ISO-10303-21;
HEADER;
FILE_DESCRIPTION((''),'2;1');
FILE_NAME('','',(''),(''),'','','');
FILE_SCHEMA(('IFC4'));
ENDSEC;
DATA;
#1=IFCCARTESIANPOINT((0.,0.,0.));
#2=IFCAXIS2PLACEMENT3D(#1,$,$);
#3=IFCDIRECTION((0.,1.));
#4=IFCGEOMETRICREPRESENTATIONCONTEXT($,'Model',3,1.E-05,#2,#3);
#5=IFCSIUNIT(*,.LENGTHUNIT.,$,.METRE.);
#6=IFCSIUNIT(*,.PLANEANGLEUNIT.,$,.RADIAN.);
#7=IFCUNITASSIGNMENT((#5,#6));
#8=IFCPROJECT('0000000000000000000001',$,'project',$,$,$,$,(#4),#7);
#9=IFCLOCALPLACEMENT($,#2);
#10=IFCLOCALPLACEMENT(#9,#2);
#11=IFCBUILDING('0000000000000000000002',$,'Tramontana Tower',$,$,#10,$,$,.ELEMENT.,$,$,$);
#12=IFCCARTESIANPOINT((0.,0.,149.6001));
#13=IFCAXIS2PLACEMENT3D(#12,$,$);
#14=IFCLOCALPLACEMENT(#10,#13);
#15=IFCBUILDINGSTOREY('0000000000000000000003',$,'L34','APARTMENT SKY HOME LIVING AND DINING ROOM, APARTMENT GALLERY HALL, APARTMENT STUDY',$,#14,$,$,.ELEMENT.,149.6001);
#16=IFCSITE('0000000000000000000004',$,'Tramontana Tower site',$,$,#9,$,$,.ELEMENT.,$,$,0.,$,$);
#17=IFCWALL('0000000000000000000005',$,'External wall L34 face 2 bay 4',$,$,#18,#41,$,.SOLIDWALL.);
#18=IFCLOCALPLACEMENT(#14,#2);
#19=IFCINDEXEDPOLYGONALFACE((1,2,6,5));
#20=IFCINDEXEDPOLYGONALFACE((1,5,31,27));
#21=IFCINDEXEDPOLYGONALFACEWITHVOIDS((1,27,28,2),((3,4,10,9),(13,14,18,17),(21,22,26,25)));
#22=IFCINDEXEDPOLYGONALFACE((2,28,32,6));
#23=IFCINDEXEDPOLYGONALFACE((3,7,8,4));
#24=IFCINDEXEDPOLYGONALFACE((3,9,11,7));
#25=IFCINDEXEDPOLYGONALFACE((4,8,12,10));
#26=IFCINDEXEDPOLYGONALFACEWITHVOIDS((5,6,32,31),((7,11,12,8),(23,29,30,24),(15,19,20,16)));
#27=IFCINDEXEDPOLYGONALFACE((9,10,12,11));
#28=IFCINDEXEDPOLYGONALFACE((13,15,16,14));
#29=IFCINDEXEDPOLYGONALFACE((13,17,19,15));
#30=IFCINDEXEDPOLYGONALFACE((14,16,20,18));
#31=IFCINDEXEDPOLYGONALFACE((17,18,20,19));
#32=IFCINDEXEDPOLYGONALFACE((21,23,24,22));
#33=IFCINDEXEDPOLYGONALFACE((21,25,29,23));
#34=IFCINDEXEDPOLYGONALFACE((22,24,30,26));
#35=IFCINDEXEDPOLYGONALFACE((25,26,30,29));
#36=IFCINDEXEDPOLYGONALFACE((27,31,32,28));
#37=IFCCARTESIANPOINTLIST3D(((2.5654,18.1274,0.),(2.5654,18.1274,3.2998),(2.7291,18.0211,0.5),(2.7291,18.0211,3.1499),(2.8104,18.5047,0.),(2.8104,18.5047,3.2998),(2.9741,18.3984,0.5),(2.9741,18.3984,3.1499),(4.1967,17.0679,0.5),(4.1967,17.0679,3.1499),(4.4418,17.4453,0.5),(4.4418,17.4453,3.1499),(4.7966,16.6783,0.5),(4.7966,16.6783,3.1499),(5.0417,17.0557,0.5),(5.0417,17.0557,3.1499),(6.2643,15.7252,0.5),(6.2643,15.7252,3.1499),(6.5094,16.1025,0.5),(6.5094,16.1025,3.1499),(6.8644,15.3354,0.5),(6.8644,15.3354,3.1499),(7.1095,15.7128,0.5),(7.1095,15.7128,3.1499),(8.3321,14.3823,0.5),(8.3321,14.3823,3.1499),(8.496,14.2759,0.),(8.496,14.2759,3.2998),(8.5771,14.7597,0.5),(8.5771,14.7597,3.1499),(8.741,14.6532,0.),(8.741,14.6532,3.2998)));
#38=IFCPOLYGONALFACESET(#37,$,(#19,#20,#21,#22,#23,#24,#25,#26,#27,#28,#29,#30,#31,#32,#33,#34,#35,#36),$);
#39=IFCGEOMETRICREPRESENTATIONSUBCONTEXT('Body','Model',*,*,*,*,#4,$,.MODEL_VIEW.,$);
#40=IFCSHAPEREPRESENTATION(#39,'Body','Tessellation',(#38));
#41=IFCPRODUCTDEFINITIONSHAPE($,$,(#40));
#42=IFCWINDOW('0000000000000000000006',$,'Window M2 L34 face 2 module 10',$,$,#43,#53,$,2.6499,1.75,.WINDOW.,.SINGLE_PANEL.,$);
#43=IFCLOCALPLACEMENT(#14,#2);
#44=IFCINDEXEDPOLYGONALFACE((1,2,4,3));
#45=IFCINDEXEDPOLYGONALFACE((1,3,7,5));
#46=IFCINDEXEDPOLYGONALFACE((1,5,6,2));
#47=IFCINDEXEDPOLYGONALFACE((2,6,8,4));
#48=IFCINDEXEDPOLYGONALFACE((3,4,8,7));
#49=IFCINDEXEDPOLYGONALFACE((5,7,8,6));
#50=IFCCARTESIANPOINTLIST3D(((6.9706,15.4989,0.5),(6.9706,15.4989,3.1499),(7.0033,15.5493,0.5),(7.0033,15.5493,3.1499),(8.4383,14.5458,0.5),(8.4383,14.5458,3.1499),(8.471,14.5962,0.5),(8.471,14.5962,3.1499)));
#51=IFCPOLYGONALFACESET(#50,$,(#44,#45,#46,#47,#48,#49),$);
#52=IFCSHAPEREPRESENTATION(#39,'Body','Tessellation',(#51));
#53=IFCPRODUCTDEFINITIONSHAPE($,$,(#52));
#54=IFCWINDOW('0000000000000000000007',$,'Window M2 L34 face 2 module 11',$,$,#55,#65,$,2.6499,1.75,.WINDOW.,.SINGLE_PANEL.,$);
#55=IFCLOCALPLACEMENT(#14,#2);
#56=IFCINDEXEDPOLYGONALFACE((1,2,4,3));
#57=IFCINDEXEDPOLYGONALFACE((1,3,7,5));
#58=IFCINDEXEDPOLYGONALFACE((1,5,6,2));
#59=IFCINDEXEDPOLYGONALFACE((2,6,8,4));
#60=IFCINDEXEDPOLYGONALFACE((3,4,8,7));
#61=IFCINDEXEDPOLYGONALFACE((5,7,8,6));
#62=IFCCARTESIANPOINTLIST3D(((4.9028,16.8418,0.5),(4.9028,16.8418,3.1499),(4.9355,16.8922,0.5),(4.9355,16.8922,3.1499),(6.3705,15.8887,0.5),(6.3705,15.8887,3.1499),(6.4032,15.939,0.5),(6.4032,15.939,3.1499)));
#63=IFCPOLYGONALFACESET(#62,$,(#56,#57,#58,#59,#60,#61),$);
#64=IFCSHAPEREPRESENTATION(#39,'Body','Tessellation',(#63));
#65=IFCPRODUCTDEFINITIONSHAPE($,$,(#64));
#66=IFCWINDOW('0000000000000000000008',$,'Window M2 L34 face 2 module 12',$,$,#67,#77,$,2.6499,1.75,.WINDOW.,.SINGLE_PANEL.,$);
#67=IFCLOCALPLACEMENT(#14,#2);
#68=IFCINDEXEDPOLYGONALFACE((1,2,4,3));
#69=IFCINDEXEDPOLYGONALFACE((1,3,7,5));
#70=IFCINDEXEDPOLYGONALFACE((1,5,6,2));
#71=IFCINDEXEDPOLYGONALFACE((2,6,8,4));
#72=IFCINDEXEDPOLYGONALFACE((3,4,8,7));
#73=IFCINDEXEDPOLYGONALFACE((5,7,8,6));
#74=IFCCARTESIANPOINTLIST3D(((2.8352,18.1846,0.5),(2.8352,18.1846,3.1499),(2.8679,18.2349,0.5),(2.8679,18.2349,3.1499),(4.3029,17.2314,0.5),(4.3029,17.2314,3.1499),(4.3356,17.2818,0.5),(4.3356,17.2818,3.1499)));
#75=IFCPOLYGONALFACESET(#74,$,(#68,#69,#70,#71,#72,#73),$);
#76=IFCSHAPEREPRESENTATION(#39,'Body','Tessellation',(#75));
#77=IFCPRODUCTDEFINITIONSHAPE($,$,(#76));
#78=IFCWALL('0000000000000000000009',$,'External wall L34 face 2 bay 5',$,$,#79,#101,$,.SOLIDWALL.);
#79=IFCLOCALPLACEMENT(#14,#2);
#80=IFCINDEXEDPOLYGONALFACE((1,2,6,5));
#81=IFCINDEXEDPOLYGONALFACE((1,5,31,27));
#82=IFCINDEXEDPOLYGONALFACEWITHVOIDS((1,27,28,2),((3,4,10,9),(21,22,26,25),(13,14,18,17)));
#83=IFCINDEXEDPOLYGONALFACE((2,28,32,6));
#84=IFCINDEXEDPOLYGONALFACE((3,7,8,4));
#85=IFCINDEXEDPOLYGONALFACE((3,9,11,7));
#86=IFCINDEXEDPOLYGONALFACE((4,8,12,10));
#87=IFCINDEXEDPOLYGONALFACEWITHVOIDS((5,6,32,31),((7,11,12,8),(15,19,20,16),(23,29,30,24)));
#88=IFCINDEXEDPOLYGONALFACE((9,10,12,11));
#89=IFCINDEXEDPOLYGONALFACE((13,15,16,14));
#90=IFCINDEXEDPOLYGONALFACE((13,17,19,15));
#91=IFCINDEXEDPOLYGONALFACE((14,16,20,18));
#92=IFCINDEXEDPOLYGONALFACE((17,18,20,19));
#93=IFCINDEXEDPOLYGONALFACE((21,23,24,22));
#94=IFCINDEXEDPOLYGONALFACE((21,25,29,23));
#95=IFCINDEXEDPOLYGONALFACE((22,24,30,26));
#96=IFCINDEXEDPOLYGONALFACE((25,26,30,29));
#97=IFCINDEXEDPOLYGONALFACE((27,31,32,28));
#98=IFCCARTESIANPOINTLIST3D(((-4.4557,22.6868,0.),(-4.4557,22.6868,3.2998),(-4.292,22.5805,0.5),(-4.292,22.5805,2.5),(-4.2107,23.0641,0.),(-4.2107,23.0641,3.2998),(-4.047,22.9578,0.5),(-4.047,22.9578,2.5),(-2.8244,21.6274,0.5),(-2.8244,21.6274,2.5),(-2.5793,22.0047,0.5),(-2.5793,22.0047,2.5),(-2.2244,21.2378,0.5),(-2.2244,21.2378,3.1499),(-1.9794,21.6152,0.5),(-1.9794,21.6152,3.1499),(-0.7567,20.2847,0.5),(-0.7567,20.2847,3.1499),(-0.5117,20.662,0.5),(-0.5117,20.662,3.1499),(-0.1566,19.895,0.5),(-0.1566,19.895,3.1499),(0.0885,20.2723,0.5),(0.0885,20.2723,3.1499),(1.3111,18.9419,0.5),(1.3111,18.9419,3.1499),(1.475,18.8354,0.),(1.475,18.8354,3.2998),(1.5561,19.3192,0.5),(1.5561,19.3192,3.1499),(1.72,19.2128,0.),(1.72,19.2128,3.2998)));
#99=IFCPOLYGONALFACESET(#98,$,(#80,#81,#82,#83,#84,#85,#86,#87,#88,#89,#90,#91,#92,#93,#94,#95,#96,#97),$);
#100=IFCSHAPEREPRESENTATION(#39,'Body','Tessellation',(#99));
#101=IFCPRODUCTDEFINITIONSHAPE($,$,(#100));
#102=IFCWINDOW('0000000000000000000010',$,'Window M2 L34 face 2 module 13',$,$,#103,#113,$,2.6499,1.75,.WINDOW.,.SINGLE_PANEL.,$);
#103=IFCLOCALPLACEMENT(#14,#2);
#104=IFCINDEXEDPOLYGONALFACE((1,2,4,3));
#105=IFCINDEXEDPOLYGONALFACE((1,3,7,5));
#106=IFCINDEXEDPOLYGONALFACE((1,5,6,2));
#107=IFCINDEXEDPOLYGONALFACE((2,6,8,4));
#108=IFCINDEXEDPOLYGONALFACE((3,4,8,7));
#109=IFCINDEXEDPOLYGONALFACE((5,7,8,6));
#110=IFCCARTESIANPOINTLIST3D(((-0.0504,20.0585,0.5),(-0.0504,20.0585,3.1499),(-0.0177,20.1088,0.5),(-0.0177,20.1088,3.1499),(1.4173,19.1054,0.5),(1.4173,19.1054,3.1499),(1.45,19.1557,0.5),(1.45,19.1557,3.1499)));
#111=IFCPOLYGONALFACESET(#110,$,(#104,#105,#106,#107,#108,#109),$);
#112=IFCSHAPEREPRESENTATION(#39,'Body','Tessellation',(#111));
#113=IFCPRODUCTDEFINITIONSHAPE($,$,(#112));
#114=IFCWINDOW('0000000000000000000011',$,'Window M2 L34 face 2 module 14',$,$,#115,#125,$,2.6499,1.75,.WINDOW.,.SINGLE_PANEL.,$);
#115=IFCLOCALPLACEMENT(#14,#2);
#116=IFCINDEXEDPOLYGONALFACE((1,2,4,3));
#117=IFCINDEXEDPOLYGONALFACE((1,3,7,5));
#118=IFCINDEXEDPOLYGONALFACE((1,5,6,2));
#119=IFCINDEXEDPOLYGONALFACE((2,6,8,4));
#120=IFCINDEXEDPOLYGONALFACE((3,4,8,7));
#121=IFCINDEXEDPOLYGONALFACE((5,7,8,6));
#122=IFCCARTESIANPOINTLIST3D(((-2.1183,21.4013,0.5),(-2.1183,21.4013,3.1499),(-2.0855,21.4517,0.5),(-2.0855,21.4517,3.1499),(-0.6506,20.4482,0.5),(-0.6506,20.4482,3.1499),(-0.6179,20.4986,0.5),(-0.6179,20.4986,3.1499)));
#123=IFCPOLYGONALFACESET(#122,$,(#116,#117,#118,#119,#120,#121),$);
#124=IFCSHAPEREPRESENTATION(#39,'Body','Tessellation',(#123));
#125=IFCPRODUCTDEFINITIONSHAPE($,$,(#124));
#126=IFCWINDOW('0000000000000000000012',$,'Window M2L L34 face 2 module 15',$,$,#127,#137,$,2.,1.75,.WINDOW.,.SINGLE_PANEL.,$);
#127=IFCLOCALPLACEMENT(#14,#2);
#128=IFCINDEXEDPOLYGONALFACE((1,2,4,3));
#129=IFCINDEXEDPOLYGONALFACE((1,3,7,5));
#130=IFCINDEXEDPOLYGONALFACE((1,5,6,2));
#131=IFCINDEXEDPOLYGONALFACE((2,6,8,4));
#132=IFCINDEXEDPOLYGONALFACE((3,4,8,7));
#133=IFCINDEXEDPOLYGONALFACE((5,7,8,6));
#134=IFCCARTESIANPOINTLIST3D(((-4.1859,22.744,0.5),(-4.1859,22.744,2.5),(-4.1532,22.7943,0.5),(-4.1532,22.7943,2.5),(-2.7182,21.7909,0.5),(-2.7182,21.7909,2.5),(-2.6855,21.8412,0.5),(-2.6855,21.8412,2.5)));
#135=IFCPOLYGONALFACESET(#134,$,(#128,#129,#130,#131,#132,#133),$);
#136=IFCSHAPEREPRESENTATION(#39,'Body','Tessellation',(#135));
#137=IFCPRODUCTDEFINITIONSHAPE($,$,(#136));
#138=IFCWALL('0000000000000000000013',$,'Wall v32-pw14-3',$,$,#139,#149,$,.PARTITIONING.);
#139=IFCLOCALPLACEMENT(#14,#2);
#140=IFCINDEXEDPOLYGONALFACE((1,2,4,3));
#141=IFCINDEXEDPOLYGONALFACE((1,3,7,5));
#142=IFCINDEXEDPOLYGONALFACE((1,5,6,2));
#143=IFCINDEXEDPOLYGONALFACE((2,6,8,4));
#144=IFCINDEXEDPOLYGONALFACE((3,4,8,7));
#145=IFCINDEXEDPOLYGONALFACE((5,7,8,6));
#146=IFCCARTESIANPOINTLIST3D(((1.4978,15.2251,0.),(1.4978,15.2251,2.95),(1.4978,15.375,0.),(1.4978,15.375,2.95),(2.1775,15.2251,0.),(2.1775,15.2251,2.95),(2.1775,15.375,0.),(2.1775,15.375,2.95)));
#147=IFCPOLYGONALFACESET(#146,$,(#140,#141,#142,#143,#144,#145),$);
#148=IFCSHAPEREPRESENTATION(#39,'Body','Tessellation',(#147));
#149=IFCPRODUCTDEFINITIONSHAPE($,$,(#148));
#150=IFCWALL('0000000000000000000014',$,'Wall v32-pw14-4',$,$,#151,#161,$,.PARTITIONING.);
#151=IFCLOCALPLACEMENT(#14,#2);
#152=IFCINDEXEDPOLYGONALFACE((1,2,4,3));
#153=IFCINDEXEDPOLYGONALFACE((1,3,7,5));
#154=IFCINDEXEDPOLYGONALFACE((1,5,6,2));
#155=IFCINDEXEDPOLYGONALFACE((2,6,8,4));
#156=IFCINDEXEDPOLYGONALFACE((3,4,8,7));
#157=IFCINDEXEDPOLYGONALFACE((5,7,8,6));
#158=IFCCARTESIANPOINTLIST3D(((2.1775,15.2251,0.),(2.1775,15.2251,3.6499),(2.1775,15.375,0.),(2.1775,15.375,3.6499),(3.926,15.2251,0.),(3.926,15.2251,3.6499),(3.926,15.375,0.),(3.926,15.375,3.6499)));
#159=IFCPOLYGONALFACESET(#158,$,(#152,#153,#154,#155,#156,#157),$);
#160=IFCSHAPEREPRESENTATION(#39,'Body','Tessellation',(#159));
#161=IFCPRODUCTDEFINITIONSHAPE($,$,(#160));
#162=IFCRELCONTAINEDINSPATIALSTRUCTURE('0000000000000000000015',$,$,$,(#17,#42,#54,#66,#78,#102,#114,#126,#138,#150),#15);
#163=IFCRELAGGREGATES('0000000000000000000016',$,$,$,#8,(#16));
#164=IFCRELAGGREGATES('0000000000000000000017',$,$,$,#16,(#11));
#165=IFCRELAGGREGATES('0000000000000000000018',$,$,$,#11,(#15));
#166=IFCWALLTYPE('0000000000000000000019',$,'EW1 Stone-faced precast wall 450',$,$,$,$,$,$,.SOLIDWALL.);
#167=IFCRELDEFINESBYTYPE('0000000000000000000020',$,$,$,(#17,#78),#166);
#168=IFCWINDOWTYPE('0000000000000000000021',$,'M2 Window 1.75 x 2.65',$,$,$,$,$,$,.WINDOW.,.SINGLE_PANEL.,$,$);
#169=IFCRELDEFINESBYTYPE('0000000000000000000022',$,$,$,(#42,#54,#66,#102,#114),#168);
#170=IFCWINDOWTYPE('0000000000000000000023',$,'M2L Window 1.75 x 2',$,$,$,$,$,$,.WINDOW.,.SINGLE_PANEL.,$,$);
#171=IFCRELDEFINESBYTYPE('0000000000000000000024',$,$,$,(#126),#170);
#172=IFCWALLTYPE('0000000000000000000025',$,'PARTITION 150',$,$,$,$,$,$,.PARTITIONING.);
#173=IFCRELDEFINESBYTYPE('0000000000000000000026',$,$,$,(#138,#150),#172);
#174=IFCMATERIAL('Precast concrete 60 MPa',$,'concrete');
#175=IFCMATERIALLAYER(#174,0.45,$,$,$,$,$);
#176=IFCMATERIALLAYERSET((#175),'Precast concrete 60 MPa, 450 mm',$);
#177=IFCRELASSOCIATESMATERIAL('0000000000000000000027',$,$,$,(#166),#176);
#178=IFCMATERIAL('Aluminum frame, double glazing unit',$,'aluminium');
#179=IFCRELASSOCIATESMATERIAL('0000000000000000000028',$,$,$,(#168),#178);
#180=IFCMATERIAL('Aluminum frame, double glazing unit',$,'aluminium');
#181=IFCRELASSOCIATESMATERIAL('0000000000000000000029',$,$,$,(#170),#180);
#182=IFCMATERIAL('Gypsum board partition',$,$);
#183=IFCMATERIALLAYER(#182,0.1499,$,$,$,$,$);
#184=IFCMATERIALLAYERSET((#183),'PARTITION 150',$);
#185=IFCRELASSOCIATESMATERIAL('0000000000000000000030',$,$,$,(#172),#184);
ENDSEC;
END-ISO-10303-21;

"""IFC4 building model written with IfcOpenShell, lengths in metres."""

from ifc_helpers import new_model, si_unit, direction, frame, frame_2d, origin, place, context, subcontext, project, spatial, rectangle, extrude, material, layer, layer_set, type_object, element, fill, save


model = new_model("IFC4")

# Units and contexts
model_context = context("Model", 3, precision=1e-05, world=origin(), true_north=direction((0.0, 1.0)))
body_context = subcontext(model_context, "Body", "Model", "MODEL_VIEW")
ifc_project = project(units=[si_unit("LENGTHUNIT", "METRE"), si_unit("PLANEANGLEUNIT", "RADIAN")], contexts=[model_context])

# Site, building, storey
site_placement = place(None, origin())
site = spatial("IfcSite", under=ifc_project, at=site_placement, Name="Tramontana Tower site", CompositionType="ELEMENT", RefElevation=0.0)
building_placement = place(site_placement, origin())
building = spatial("IfcBuilding", under=site, at=building_placement, Name="Tramontana Tower", CompositionType="ELEMENT")
storey_placement = place(building_placement, frame((0.0, 0.0, 149.6001)))
storey = spatial("IfcBuildingStorey", under=building, at=storey_placement, Name="L34", Description="APARTMENT SKY HOME LIVING AND DINING ROOM, APARTMENT GALLERY HALL, APARTMENT STUDY", CompositionType="ELEMENT", Elevation=149.6001)

# Walls, openings, windows
ifc_material_1 = material(Name="Precast concrete 60 MPa", Category="concrete")
ifc_layer_1 = layer(ifc_material_1, 0.45)
ifc_layer_set_1 = layer_set([ifc_layer_1], Name="Precast concrete 60 MPa, 450 mm")
wall_type_1 = type_object("IfcWallType", Name="EW1 Stone-faced precast wall 450", PredefinedType="SOLIDWALL", material=ifc_layer_set_1)
wall_1_placement = place(storey_placement, frame((8.6184, 14.4646, 0.0), z_axis=(0.0, 0.0, 1.0), x_axis=(-0.838661, 0.544653, 0.0)))
wall_1 = element("IfcWall", 1, at=wall_1_placement, inside=storey, type_object=wall_type_1, Name="External wall L34 face 2 bay 4", PredefinedType="SOLIDWALL", context=body_context, shape_type="SweptSolid", body=[
    extrude(rectangle(XDim=7.0715, YDim=0.45, at=frame_2d((3.5356, 0.0))), origin(), (0.0, 0.0, 1.0), 3.2998),
])
opening_1_placement = place(wall_1_placement, frame((0.1953, 0.0, 0.5)))
opening_1 = element("IfcOpeningElement", 2, at=opening_1_placement, cuts=wall_1, PredefinedType="OPENING", context=body_context, shape_type="SweptSolid", body=[
    extrude(rectangle(XDim=1.75, YDim=2.6499, at=frame_2d((0.875, 1.325))), frame((0.0, 0.2349, 0.0), z_axis=(0.0, -1.0, 0.0), x_axis=(1.0, 0.0, 0.0)), (0.0, 0.0, 1.0), 0.47),
])
opening_2_placement = place(wall_1_placement, frame((2.6609, 0.0, 0.5)))
opening_2 = element("IfcOpeningElement", 3, at=opening_2_placement, cuts=wall_1, PredefinedType="OPENING", context=body_context, shape_type="SweptSolid", body=[
    extrude(rectangle(XDim=1.75, YDim=2.6499, at=frame_2d((0.875, 1.325))), frame((0.0, 0.2349, 0.0), z_axis=(0.0, -1.0, 0.0), x_axis=(1.0, 0.0, 0.0)), (0.0, 0.0, 1.0), 0.47),
])
opening_3_placement = place(wall_1_placement, frame((5.1262, 0.0, 0.5)))
opening_3 = element("IfcOpeningElement", 4, at=opening_3_placement, cuts=wall_1, PredefinedType="OPENING", context=body_context, shape_type="SweptSolid", body=[
    extrude(rectangle(XDim=1.75, YDim=2.6499, at=frame_2d((0.875, 1.325))), frame((0.0, 0.2349, 0.0), z_axis=(0.0, -1.0, 0.0), x_axis=(1.0, 0.0, 0.0)), (0.0, 0.0, 1.0), 0.47),
])
ifc_material_2 = material(Name="Aluminum frame, double glazing unit", Category="aluminium")
window_type_1 = type_object("IfcWindowType", Name="M2 Window 1.75 x 2.65", PartitioningType="SINGLE_PANEL", PredefinedType="WINDOW", material=ifc_material_2)
window_1_placement = place(opening_1_placement, origin())
window_1 = element("IfcWindow", 5, at=window_1_placement, inside=storey, type_object=window_type_1, Name="Window M2 L34 face 2 module 10", OverallHeight=2.6499, OverallWidth=1.75, PartitioningType="SINGLE_PANEL", PredefinedType="WINDOW", context=body_context, shape_type="SweptSolid", body=[
    extrude(rectangle(XDim=1.75, YDim=2.6499, at=frame_2d((0.875, 1.325))), frame((0.0, 0.03, 0.0), z_axis=(0.0, -1.0, 0.0), x_axis=(1.0, 0.0, 0.0)), (0.0, 0.0, 1.0), 0.0601),
])
fill(opening_1, window_1)
window_2_placement = place(opening_2_placement, origin())
window_2 = element("IfcWindow", 6, at=window_2_placement, inside=storey, type_object=window_type_1, Name="Window M2 L34 face 2 module 11", OverallHeight=2.6499, OverallWidth=1.75, PartitioningType="SINGLE_PANEL", PredefinedType="WINDOW", context=body_context, shape_type="SweptSolid", body=[
    extrude(rectangle(XDim=1.75, YDim=2.6499, at=frame_2d((0.875, 1.325))), frame((0.0, 0.03, 0.0), z_axis=(0.0, -1.0, 0.0), x_axis=(1.0, 0.0, 0.0)), (0.0, 0.0, 1.0), 0.0601),
])
fill(opening_2, window_2)
window_3_placement = place(opening_3_placement, origin())
window_3 = element("IfcWindow", 7, at=window_3_placement, inside=storey, type_object=window_type_1, Name="Window M2 L34 face 2 module 12", OverallHeight=2.6499, OverallWidth=1.75, PartitioningType="SINGLE_PANEL", PredefinedType="WINDOW", context=body_context, shape_type="SweptSolid", body=[
    extrude(rectangle(XDim=1.75, YDim=2.6499, at=frame_2d((0.875, 1.325))), frame((0.0, 0.03, 0.0), z_axis=(0.0, -1.0, 0.0), x_axis=(1.0, 0.0, 0.0)), (0.0, 0.0, 1.0), 0.0601),
])
fill(opening_3, window_3)
wall_2_placement = place(storey_placement, frame((1.5974, 19.0242, 0.0), z_axis=(0.0, 0.0, 1.0), x_axis=(-0.838677, 0.544629, 0.0)))
wall_2 = element("IfcWall", 8, at=wall_2_placement, inside=storey, type_object=wall_type_1, Name="External wall L34 face 2 bay 5", PredefinedType="SOLIDWALL", context=body_context, shape_type="SweptSolid", body=[
    extrude(rectangle(XDim=7.0715, YDim=0.45, at=frame_2d((3.5356, 0.0))), origin(), (0.0, 0.0, 1.0), 3.2998),
])
opening_4_placement = place(wall_2_placement, frame((0.1953, 0.0, 0.5)))
opening_4 = element("IfcOpeningElement", 9, at=opening_4_placement, cuts=wall_2, PredefinedType="OPENING", context=body_context, shape_type="SweptSolid", body=[
    extrude(rectangle(XDim=1.75, YDim=2.6499, at=frame_2d((0.875, 1.325))), frame((0.0, 0.2349, 0.0), z_axis=(0.0, -1.0, 0.0), x_axis=(1.0, 0.0, 0.0)), (0.0, 0.0, 1.0), 0.47),
])
opening_5_placement = place(wall_2_placement, frame((2.6609, 0.0, 0.5)))
opening_5 = element("IfcOpeningElement", 10, at=opening_5_placement, cuts=wall_2, PredefinedType="OPENING", context=body_context, shape_type="SweptSolid", body=[
    extrude(rectangle(XDim=1.75, YDim=2.6499, at=frame_2d((0.875, 1.325))), frame((0.0, 0.2349, 0.0), z_axis=(0.0, -1.0, 0.0), x_axis=(1.0, 0.0, 0.0)), (0.0, 0.0, 1.0), 0.47),
])
opening_6_placement = place(wall_2_placement, frame((5.1262, 0.0, 0.5)))
opening_6 = element("IfcOpeningElement", 11, at=opening_6_placement, cuts=wall_2, PredefinedType="OPENING", context=body_context, shape_type="SweptSolid", body=[
    extrude(rectangle(XDim=1.75, YDim=2.0, at=frame_2d((0.875, 1.0))), frame((0.0, 0.2349, 0.0), z_axis=(0.0, -1.0, 0.0), x_axis=(1.0, 0.0, 0.0)), (0.0, 0.0, 1.0), 0.47),
])
window_4_placement = place(opening_4_placement, origin())
window_4 = element("IfcWindow", 12, at=window_4_placement, inside=storey, type_object=window_type_1, Name="Window M2 L34 face 2 module 13", OverallHeight=2.6499, OverallWidth=1.75, PartitioningType="SINGLE_PANEL", PredefinedType="WINDOW", context=body_context, shape_type="SweptSolid", body=[
    extrude(rectangle(XDim=1.75, YDim=2.6499, at=frame_2d((0.875, 1.325))), frame((0.0, 0.03, 0.0), z_axis=(0.0, -1.0, 0.0), x_axis=(1.0, 0.0, 0.0)), (0.0, 0.0, 1.0), 0.0601),
])
fill(opening_4, window_4)
window_5_placement = place(opening_5_placement, origin())
window_5 = element("IfcWindow", 13, at=window_5_placement, inside=storey, type_object=window_type_1, Name="Window M2 L34 face 2 module 14", OverallHeight=2.6499, OverallWidth=1.75, PartitioningType="SINGLE_PANEL", PredefinedType="WINDOW", context=body_context, shape_type="SweptSolid", body=[
    extrude(rectangle(XDim=1.75, YDim=2.6499, at=frame_2d((0.875, 1.325))), frame((0.0, 0.03, 0.0), z_axis=(0.0, -1.0, 0.0), x_axis=(1.0, 0.0, 0.0)), (0.0, 0.0, 1.0), 0.0601),
])
fill(opening_5, window_5)
ifc_material_3 = material(Name="Aluminum frame, double glazing unit", Category="aluminium")
window_type_2 = type_object("IfcWindowType", Name="M2L Window 1.75 x 2", PartitioningType="SINGLE_PANEL", PredefinedType="WINDOW", material=ifc_material_3)
window_6_placement = place(opening_6_placement, origin())
window_6 = element("IfcWindow", 14, at=window_6_placement, inside=storey, type_object=window_type_2, Name="Window M2L L34 face 2 module 15", OverallHeight=2.0, OverallWidth=1.75, PartitioningType="SINGLE_PANEL", PredefinedType="WINDOW", context=body_context, shape_type="SweptSolid", body=[
    extrude(rectangle(XDim=1.75, YDim=2.0, at=frame_2d((0.875, 1.0))), frame((0.0, 0.03, 0.0), z_axis=(0.0, -1.0, 0.0), x_axis=(1.0, 0.0, 0.0)), (0.0, 0.0, 1.0), 0.0601),
])
fill(opening_6, window_6)

# Walls
ifc_material_4 = material(Name="Gypsum board partition")
ifc_layer_2 = layer(ifc_material_4, 0.1499)
ifc_layer_set_2 = layer_set([ifc_layer_2], Name="PARTITION 150")
wall_type_2 = type_object("IfcWallType", Name="PARTITION 150", PredefinedType="PARTITIONING", material=ifc_layer_set_2)
wall_3_placement = place(storey_placement, frame((1.4978, 15.3, 0.0), z_axis=(0.0, 0.0, 1.0), x_axis=(1.0, 0.0, 0.0)))
element("IfcWall", 15, at=wall_3_placement, inside=storey, type_object=wall_type_2, Name="Wall v32-pw14-3", PredefinedType="PARTITIONING", context=body_context, shape_type="SweptSolid", body=[
    extrude(rectangle(XDim=0.6797, YDim=0.1499, at=frame_2d((0.3398, 0.0))), origin(), (0.0, 0.0, 1.0), 2.95),
])
wall_4_placement = place(storey_placement, frame((2.1775, 15.3, 0.0), z_axis=(0.0, 0.0, 1.0), x_axis=(1.0, 0.0, 0.0)))
element("IfcWall", 16, at=wall_4_placement, inside=storey, type_object=wall_type_2, Name="Wall v32-pw14-4", PredefinedType="PARTITIONING", context=body_context, shape_type="SweptSolid", body=[
    extrude(rectangle(XDim=1.7485, YDim=0.1499, at=frame_2d((0.8743, 0.0))), origin(), (0.0, 0.0, 1.0), 3.6499),
])

save(model, "model.ifc")
